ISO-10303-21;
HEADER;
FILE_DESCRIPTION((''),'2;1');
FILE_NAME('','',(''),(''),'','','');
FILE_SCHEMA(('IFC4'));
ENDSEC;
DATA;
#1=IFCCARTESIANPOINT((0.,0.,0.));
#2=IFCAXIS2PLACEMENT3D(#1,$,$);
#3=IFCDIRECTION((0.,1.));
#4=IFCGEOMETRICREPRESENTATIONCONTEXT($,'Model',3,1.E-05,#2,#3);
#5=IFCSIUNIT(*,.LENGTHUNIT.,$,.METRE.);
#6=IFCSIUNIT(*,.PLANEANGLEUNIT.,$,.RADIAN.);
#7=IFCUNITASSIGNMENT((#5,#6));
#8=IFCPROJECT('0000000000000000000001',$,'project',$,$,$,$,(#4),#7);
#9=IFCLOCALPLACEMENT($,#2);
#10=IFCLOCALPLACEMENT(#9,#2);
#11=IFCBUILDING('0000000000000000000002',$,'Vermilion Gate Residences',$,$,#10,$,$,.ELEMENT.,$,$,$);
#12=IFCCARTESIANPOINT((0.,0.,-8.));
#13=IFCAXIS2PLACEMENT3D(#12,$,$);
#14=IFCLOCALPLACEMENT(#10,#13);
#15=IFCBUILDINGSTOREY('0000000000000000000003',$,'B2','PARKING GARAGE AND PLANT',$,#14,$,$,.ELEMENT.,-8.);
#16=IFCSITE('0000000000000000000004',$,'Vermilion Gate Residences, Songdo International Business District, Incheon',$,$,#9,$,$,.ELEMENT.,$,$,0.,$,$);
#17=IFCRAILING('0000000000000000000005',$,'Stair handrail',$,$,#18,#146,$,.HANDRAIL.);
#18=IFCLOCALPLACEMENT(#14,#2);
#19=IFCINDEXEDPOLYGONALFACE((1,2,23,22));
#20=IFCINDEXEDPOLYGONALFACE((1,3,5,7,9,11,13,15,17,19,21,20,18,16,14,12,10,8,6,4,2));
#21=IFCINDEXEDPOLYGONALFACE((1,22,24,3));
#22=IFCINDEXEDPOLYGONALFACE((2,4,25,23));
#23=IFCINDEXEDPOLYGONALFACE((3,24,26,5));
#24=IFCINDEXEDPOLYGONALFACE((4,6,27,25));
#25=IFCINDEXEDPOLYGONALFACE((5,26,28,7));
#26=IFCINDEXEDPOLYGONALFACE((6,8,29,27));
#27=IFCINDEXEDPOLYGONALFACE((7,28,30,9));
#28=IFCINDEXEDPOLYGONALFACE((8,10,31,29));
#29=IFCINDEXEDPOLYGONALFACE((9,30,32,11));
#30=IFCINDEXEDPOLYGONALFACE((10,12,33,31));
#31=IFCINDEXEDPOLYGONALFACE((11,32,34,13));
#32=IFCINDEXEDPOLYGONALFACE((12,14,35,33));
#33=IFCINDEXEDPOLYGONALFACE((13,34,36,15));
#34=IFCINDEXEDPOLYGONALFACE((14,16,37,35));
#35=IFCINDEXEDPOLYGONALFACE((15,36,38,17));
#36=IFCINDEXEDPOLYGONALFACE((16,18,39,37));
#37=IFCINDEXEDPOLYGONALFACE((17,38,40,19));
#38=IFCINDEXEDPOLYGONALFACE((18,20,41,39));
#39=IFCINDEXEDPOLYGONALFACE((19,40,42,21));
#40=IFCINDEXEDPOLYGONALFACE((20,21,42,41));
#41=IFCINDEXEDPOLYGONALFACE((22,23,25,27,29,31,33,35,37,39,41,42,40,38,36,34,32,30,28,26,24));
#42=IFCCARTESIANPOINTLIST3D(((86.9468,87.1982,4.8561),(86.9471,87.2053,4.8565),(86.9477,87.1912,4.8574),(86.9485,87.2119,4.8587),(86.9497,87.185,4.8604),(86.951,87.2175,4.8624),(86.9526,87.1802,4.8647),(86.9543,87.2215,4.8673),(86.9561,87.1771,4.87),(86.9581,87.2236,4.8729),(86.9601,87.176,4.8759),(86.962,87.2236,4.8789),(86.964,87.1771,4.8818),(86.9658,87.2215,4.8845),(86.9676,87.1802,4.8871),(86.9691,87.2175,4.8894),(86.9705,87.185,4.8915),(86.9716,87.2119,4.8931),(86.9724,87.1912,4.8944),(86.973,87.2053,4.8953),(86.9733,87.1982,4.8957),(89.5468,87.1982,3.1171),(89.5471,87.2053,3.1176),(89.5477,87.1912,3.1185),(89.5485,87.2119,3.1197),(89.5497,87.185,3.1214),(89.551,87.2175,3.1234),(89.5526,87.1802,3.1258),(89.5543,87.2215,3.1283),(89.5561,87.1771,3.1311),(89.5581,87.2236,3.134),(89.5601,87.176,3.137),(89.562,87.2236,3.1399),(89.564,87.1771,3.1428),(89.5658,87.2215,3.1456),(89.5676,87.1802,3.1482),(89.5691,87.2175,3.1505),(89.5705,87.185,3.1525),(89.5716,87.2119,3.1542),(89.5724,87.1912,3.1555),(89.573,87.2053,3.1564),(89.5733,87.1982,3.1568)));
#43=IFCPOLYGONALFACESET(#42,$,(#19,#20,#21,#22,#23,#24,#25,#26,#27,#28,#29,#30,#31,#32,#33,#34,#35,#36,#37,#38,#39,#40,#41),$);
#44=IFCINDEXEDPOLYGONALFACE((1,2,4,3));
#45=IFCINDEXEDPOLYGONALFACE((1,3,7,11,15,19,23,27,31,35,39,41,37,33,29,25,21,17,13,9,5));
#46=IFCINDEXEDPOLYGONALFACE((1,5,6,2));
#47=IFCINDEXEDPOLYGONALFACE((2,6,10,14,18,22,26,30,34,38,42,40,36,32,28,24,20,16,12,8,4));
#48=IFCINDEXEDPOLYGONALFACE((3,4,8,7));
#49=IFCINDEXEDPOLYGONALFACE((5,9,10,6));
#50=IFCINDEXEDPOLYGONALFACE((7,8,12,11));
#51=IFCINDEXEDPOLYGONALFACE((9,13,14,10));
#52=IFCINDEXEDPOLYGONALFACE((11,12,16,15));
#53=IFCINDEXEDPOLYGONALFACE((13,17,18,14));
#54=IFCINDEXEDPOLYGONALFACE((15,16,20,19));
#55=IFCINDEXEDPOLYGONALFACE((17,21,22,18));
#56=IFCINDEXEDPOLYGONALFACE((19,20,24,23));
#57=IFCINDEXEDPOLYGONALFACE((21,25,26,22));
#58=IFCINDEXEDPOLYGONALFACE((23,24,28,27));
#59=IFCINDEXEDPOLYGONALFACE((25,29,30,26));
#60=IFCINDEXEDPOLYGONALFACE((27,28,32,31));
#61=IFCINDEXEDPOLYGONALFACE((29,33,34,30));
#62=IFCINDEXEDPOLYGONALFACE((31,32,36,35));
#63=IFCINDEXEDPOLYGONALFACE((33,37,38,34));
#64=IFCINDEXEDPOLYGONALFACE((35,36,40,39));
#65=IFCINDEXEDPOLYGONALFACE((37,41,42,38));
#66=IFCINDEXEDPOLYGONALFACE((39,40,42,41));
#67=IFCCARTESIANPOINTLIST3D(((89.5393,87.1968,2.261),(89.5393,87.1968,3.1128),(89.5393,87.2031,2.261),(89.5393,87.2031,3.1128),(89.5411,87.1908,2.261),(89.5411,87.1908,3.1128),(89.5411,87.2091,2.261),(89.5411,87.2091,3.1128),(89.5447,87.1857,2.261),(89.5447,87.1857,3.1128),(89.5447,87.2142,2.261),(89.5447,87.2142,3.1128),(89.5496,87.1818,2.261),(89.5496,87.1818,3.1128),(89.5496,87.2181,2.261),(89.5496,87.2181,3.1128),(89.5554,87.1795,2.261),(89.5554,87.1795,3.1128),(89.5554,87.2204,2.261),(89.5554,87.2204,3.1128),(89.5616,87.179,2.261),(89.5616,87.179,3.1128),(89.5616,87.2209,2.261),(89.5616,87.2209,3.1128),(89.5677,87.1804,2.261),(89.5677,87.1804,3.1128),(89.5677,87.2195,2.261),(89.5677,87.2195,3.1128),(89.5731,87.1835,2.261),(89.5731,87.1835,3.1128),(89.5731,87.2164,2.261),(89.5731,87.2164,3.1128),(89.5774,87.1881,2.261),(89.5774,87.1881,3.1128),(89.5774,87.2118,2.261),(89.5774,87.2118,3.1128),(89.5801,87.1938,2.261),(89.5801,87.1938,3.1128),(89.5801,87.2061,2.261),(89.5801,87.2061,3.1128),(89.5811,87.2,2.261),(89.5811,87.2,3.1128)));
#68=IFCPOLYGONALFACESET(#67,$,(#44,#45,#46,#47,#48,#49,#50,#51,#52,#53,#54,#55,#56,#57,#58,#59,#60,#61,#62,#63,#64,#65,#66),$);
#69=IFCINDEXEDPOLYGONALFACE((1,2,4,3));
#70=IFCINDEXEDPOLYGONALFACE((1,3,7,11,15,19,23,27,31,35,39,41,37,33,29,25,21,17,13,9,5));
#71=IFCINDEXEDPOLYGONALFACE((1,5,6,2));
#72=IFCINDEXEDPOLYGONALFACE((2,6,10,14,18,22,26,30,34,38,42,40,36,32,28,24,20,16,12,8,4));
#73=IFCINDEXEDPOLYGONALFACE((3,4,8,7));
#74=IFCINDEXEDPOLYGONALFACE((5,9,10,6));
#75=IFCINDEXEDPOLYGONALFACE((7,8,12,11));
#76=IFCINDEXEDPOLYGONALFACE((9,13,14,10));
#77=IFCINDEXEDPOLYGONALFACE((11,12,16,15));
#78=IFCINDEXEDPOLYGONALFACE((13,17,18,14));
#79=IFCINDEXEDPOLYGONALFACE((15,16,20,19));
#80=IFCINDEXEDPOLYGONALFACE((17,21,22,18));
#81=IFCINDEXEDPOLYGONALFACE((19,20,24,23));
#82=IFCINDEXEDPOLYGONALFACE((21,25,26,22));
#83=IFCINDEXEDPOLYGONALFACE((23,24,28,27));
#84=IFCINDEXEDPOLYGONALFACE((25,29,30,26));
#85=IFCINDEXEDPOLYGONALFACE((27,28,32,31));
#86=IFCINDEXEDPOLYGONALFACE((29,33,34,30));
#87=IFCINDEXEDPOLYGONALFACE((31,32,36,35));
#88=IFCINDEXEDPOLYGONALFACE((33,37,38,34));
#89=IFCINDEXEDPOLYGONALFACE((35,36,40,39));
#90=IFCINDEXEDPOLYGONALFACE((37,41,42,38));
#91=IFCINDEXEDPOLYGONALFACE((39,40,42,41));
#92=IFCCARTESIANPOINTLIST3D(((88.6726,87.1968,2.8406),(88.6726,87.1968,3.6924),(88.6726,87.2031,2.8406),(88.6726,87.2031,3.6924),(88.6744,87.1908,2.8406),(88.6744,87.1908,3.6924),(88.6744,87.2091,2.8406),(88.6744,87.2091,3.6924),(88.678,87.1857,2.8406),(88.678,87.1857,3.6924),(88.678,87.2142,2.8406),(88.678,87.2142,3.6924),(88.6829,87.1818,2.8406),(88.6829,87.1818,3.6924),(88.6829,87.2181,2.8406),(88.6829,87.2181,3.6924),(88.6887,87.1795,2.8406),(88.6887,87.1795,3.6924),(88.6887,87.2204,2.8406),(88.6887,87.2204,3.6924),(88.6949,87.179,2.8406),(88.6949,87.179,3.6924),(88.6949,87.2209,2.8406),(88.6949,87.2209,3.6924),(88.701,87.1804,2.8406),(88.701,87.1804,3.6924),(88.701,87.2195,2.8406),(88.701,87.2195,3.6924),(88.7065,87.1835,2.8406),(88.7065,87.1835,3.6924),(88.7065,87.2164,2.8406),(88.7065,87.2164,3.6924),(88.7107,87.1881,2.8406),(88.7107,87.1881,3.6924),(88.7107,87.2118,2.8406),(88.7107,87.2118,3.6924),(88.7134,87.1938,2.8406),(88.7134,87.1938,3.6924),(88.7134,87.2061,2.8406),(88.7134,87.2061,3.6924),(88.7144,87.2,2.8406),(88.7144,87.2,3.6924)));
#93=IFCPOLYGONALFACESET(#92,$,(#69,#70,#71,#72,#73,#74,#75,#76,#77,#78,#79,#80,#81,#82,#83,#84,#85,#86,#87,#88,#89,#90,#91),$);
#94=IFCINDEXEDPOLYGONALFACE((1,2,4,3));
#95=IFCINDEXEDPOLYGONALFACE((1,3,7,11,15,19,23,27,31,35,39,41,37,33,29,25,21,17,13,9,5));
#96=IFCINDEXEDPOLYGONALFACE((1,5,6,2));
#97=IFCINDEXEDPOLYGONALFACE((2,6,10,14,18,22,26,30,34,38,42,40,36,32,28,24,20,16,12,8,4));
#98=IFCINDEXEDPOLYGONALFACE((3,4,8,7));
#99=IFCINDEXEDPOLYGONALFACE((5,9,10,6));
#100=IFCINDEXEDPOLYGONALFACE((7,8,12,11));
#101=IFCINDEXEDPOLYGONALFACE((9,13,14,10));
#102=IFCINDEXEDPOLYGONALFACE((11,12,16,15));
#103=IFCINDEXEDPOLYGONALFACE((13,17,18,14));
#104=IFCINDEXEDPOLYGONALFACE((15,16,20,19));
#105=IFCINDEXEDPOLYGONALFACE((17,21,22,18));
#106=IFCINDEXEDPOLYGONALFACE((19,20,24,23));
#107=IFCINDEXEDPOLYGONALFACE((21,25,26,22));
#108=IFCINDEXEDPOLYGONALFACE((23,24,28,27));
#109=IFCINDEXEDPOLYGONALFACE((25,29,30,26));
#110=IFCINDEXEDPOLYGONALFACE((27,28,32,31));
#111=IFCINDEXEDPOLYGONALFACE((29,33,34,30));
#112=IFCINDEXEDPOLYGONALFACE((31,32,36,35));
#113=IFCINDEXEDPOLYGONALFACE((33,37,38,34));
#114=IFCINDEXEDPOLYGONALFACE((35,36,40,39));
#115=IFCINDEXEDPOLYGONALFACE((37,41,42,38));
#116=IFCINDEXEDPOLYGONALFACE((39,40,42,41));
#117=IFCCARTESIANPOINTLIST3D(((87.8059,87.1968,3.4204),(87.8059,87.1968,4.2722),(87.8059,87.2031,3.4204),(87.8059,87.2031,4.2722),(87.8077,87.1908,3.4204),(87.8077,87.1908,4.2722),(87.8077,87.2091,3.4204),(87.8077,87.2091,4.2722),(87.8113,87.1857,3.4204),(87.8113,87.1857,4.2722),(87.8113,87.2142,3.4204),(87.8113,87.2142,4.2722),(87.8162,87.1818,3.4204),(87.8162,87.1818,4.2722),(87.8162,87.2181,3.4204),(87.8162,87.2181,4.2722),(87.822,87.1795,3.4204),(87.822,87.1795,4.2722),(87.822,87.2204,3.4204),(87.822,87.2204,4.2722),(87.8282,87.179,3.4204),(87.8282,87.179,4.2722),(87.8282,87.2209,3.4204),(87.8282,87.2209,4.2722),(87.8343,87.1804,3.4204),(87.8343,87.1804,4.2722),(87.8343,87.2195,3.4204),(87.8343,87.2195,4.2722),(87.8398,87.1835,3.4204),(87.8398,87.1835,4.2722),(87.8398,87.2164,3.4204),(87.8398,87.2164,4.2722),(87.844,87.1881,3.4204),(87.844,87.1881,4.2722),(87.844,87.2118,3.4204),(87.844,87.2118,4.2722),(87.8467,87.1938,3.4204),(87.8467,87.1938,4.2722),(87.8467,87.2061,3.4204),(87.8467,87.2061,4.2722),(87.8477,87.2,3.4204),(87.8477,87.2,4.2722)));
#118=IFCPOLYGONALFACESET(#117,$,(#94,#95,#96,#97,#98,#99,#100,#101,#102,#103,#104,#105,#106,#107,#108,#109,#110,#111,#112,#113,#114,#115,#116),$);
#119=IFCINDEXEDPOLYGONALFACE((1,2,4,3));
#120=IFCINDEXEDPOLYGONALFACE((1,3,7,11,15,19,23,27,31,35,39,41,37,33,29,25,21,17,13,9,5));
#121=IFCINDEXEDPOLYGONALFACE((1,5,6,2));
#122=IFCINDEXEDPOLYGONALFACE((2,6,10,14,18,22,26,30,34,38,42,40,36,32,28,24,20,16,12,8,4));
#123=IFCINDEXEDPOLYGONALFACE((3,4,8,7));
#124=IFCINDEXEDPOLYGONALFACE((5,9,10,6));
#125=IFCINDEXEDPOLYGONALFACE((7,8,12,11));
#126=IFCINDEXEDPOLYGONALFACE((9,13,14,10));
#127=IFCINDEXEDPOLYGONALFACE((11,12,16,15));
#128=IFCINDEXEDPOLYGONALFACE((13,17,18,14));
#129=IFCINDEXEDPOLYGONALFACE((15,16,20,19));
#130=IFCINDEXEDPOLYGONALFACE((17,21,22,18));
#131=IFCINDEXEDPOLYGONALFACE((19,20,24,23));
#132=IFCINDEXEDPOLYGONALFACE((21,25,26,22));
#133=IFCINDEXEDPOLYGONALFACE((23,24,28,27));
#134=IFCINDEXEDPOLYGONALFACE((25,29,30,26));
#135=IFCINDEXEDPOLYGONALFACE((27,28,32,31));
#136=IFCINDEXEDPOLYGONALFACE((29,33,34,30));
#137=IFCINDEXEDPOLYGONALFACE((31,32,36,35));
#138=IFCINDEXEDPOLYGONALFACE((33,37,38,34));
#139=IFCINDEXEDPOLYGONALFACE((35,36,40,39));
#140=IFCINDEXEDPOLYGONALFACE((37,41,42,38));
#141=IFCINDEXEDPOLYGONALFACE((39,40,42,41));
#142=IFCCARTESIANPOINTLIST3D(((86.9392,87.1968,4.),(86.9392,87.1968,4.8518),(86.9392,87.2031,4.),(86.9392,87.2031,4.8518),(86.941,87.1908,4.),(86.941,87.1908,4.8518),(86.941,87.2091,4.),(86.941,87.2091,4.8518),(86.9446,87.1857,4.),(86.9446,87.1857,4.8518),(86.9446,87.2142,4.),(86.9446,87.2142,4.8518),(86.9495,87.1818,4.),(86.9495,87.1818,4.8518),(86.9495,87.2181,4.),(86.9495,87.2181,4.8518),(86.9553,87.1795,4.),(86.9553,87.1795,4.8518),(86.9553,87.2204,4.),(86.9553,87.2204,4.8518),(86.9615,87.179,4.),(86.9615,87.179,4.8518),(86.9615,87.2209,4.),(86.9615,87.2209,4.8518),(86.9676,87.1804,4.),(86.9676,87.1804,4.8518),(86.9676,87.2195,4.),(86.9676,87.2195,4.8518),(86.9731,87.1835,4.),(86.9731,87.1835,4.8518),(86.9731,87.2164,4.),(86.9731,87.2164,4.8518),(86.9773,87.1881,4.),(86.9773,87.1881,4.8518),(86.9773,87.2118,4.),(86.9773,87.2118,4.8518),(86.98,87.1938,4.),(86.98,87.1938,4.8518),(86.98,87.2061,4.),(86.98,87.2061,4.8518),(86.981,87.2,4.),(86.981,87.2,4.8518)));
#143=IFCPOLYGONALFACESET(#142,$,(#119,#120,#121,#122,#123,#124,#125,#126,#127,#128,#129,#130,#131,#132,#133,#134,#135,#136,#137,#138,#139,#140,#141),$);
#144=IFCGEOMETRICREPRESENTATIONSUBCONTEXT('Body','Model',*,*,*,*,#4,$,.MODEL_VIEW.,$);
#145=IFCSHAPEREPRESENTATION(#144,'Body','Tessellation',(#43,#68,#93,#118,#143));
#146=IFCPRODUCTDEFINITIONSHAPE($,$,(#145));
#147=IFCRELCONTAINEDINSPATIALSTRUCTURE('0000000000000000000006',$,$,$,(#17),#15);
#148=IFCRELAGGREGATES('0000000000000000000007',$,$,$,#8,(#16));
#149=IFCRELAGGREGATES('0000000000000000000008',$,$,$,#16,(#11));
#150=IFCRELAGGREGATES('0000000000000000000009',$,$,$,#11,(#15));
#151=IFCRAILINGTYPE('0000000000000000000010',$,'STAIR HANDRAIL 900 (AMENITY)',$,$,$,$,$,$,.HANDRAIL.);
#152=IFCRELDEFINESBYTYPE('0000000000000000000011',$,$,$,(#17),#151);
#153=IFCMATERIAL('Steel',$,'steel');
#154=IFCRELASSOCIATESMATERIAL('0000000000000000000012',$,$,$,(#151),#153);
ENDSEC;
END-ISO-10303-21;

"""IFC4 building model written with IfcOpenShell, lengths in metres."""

from ifc_helpers import new_model, si_unit, direction, frame, origin, origin_2d, place, context, subcontext, project, spatial, circle, extrude, material, type_object, element, save


model = new_model("IFC4")

# Units and contexts
model_context = context("Model", 3, precision=1e-05, world=origin(), true_north=direction((0.0, 1.0)))
body_context = subcontext(model_context, "Body", "Model", "MODEL_VIEW")
ifc_project = project(units=[si_unit("LENGTHUNIT", "METRE"), si_unit("PLANEANGLEUNIT", "RADIAN")], contexts=[model_context])

# Site, building, storey
site_placement = place(None, origin())
site = spatial("IfcSite", under=ifc_project, at=site_placement, Name="Vermilion Gate Residences, Songdo International Business District, Incheon", CompositionType="ELEMENT", RefElevation=0.0)
building_placement = place(site_placement, origin())
building = spatial("IfcBuilding", under=site, at=building_placement, Name="Vermilion Gate Residences", CompositionType="ELEMENT")
storey_placement = place(building_placement, frame((0.0, 0.0, -8.0)))
storey = spatial("IfcBuildingStorey", under=building, at=storey_placement, Name="B2", Description="PARKING GARAGE AND PLANT", CompositionType="ELEMENT", Elevation=-8.0)

# Railing
ifc_material_1 = material(Name="Steel", Category="steel")
railing_type = type_object("IfcRailingType", Name="STAIR HANDRAIL 900 (AMENITY)", PredefinedType="HANDRAIL", material=ifc_material_1)
railing_1_placement = place(storey_placement, frame((89.5601, 87.2, 2.261)))
element("IfcRailing", 1, at=railing_1_placement, inside=storey, type_object=railing_type, Name="Stair handrail", PredefinedType="HANDRAIL", context=body_context, shape_type="SweptSolid", body=[
    extrude(circle(Radius=0.0239, at=origin_2d()), frame((0.0, 0.0, 0.876), z_axis=(-0.831221, 0.0, 0.555942), x_axis=(0.0, -1.0, 0.0)), (0.0, 0.0, 1.0), 3.1279),
    extrude(circle(Radius=0.021, at=origin_2d()), origin(), (0.0, 0.0, 1.0), 0.8518),
    extrude(circle(Radius=0.021, at=origin_2d()), frame((-0.8667, 0.0, 0.5796)), (0.0, 0.0, 1.0), 0.8518),
    extrude(circle(Radius=0.021, at=origin_2d()), frame((-1.7334, 0.0, 1.1594)), (0.0, 0.0, 1.0), 0.8518),
    extrude(circle(Radius=0.021, at=origin_2d()), frame((-2.6001, 0.0, 1.739)), (0.0, 0.0, 1.0), 0.8518),
])

save(model, "model.ifc")
